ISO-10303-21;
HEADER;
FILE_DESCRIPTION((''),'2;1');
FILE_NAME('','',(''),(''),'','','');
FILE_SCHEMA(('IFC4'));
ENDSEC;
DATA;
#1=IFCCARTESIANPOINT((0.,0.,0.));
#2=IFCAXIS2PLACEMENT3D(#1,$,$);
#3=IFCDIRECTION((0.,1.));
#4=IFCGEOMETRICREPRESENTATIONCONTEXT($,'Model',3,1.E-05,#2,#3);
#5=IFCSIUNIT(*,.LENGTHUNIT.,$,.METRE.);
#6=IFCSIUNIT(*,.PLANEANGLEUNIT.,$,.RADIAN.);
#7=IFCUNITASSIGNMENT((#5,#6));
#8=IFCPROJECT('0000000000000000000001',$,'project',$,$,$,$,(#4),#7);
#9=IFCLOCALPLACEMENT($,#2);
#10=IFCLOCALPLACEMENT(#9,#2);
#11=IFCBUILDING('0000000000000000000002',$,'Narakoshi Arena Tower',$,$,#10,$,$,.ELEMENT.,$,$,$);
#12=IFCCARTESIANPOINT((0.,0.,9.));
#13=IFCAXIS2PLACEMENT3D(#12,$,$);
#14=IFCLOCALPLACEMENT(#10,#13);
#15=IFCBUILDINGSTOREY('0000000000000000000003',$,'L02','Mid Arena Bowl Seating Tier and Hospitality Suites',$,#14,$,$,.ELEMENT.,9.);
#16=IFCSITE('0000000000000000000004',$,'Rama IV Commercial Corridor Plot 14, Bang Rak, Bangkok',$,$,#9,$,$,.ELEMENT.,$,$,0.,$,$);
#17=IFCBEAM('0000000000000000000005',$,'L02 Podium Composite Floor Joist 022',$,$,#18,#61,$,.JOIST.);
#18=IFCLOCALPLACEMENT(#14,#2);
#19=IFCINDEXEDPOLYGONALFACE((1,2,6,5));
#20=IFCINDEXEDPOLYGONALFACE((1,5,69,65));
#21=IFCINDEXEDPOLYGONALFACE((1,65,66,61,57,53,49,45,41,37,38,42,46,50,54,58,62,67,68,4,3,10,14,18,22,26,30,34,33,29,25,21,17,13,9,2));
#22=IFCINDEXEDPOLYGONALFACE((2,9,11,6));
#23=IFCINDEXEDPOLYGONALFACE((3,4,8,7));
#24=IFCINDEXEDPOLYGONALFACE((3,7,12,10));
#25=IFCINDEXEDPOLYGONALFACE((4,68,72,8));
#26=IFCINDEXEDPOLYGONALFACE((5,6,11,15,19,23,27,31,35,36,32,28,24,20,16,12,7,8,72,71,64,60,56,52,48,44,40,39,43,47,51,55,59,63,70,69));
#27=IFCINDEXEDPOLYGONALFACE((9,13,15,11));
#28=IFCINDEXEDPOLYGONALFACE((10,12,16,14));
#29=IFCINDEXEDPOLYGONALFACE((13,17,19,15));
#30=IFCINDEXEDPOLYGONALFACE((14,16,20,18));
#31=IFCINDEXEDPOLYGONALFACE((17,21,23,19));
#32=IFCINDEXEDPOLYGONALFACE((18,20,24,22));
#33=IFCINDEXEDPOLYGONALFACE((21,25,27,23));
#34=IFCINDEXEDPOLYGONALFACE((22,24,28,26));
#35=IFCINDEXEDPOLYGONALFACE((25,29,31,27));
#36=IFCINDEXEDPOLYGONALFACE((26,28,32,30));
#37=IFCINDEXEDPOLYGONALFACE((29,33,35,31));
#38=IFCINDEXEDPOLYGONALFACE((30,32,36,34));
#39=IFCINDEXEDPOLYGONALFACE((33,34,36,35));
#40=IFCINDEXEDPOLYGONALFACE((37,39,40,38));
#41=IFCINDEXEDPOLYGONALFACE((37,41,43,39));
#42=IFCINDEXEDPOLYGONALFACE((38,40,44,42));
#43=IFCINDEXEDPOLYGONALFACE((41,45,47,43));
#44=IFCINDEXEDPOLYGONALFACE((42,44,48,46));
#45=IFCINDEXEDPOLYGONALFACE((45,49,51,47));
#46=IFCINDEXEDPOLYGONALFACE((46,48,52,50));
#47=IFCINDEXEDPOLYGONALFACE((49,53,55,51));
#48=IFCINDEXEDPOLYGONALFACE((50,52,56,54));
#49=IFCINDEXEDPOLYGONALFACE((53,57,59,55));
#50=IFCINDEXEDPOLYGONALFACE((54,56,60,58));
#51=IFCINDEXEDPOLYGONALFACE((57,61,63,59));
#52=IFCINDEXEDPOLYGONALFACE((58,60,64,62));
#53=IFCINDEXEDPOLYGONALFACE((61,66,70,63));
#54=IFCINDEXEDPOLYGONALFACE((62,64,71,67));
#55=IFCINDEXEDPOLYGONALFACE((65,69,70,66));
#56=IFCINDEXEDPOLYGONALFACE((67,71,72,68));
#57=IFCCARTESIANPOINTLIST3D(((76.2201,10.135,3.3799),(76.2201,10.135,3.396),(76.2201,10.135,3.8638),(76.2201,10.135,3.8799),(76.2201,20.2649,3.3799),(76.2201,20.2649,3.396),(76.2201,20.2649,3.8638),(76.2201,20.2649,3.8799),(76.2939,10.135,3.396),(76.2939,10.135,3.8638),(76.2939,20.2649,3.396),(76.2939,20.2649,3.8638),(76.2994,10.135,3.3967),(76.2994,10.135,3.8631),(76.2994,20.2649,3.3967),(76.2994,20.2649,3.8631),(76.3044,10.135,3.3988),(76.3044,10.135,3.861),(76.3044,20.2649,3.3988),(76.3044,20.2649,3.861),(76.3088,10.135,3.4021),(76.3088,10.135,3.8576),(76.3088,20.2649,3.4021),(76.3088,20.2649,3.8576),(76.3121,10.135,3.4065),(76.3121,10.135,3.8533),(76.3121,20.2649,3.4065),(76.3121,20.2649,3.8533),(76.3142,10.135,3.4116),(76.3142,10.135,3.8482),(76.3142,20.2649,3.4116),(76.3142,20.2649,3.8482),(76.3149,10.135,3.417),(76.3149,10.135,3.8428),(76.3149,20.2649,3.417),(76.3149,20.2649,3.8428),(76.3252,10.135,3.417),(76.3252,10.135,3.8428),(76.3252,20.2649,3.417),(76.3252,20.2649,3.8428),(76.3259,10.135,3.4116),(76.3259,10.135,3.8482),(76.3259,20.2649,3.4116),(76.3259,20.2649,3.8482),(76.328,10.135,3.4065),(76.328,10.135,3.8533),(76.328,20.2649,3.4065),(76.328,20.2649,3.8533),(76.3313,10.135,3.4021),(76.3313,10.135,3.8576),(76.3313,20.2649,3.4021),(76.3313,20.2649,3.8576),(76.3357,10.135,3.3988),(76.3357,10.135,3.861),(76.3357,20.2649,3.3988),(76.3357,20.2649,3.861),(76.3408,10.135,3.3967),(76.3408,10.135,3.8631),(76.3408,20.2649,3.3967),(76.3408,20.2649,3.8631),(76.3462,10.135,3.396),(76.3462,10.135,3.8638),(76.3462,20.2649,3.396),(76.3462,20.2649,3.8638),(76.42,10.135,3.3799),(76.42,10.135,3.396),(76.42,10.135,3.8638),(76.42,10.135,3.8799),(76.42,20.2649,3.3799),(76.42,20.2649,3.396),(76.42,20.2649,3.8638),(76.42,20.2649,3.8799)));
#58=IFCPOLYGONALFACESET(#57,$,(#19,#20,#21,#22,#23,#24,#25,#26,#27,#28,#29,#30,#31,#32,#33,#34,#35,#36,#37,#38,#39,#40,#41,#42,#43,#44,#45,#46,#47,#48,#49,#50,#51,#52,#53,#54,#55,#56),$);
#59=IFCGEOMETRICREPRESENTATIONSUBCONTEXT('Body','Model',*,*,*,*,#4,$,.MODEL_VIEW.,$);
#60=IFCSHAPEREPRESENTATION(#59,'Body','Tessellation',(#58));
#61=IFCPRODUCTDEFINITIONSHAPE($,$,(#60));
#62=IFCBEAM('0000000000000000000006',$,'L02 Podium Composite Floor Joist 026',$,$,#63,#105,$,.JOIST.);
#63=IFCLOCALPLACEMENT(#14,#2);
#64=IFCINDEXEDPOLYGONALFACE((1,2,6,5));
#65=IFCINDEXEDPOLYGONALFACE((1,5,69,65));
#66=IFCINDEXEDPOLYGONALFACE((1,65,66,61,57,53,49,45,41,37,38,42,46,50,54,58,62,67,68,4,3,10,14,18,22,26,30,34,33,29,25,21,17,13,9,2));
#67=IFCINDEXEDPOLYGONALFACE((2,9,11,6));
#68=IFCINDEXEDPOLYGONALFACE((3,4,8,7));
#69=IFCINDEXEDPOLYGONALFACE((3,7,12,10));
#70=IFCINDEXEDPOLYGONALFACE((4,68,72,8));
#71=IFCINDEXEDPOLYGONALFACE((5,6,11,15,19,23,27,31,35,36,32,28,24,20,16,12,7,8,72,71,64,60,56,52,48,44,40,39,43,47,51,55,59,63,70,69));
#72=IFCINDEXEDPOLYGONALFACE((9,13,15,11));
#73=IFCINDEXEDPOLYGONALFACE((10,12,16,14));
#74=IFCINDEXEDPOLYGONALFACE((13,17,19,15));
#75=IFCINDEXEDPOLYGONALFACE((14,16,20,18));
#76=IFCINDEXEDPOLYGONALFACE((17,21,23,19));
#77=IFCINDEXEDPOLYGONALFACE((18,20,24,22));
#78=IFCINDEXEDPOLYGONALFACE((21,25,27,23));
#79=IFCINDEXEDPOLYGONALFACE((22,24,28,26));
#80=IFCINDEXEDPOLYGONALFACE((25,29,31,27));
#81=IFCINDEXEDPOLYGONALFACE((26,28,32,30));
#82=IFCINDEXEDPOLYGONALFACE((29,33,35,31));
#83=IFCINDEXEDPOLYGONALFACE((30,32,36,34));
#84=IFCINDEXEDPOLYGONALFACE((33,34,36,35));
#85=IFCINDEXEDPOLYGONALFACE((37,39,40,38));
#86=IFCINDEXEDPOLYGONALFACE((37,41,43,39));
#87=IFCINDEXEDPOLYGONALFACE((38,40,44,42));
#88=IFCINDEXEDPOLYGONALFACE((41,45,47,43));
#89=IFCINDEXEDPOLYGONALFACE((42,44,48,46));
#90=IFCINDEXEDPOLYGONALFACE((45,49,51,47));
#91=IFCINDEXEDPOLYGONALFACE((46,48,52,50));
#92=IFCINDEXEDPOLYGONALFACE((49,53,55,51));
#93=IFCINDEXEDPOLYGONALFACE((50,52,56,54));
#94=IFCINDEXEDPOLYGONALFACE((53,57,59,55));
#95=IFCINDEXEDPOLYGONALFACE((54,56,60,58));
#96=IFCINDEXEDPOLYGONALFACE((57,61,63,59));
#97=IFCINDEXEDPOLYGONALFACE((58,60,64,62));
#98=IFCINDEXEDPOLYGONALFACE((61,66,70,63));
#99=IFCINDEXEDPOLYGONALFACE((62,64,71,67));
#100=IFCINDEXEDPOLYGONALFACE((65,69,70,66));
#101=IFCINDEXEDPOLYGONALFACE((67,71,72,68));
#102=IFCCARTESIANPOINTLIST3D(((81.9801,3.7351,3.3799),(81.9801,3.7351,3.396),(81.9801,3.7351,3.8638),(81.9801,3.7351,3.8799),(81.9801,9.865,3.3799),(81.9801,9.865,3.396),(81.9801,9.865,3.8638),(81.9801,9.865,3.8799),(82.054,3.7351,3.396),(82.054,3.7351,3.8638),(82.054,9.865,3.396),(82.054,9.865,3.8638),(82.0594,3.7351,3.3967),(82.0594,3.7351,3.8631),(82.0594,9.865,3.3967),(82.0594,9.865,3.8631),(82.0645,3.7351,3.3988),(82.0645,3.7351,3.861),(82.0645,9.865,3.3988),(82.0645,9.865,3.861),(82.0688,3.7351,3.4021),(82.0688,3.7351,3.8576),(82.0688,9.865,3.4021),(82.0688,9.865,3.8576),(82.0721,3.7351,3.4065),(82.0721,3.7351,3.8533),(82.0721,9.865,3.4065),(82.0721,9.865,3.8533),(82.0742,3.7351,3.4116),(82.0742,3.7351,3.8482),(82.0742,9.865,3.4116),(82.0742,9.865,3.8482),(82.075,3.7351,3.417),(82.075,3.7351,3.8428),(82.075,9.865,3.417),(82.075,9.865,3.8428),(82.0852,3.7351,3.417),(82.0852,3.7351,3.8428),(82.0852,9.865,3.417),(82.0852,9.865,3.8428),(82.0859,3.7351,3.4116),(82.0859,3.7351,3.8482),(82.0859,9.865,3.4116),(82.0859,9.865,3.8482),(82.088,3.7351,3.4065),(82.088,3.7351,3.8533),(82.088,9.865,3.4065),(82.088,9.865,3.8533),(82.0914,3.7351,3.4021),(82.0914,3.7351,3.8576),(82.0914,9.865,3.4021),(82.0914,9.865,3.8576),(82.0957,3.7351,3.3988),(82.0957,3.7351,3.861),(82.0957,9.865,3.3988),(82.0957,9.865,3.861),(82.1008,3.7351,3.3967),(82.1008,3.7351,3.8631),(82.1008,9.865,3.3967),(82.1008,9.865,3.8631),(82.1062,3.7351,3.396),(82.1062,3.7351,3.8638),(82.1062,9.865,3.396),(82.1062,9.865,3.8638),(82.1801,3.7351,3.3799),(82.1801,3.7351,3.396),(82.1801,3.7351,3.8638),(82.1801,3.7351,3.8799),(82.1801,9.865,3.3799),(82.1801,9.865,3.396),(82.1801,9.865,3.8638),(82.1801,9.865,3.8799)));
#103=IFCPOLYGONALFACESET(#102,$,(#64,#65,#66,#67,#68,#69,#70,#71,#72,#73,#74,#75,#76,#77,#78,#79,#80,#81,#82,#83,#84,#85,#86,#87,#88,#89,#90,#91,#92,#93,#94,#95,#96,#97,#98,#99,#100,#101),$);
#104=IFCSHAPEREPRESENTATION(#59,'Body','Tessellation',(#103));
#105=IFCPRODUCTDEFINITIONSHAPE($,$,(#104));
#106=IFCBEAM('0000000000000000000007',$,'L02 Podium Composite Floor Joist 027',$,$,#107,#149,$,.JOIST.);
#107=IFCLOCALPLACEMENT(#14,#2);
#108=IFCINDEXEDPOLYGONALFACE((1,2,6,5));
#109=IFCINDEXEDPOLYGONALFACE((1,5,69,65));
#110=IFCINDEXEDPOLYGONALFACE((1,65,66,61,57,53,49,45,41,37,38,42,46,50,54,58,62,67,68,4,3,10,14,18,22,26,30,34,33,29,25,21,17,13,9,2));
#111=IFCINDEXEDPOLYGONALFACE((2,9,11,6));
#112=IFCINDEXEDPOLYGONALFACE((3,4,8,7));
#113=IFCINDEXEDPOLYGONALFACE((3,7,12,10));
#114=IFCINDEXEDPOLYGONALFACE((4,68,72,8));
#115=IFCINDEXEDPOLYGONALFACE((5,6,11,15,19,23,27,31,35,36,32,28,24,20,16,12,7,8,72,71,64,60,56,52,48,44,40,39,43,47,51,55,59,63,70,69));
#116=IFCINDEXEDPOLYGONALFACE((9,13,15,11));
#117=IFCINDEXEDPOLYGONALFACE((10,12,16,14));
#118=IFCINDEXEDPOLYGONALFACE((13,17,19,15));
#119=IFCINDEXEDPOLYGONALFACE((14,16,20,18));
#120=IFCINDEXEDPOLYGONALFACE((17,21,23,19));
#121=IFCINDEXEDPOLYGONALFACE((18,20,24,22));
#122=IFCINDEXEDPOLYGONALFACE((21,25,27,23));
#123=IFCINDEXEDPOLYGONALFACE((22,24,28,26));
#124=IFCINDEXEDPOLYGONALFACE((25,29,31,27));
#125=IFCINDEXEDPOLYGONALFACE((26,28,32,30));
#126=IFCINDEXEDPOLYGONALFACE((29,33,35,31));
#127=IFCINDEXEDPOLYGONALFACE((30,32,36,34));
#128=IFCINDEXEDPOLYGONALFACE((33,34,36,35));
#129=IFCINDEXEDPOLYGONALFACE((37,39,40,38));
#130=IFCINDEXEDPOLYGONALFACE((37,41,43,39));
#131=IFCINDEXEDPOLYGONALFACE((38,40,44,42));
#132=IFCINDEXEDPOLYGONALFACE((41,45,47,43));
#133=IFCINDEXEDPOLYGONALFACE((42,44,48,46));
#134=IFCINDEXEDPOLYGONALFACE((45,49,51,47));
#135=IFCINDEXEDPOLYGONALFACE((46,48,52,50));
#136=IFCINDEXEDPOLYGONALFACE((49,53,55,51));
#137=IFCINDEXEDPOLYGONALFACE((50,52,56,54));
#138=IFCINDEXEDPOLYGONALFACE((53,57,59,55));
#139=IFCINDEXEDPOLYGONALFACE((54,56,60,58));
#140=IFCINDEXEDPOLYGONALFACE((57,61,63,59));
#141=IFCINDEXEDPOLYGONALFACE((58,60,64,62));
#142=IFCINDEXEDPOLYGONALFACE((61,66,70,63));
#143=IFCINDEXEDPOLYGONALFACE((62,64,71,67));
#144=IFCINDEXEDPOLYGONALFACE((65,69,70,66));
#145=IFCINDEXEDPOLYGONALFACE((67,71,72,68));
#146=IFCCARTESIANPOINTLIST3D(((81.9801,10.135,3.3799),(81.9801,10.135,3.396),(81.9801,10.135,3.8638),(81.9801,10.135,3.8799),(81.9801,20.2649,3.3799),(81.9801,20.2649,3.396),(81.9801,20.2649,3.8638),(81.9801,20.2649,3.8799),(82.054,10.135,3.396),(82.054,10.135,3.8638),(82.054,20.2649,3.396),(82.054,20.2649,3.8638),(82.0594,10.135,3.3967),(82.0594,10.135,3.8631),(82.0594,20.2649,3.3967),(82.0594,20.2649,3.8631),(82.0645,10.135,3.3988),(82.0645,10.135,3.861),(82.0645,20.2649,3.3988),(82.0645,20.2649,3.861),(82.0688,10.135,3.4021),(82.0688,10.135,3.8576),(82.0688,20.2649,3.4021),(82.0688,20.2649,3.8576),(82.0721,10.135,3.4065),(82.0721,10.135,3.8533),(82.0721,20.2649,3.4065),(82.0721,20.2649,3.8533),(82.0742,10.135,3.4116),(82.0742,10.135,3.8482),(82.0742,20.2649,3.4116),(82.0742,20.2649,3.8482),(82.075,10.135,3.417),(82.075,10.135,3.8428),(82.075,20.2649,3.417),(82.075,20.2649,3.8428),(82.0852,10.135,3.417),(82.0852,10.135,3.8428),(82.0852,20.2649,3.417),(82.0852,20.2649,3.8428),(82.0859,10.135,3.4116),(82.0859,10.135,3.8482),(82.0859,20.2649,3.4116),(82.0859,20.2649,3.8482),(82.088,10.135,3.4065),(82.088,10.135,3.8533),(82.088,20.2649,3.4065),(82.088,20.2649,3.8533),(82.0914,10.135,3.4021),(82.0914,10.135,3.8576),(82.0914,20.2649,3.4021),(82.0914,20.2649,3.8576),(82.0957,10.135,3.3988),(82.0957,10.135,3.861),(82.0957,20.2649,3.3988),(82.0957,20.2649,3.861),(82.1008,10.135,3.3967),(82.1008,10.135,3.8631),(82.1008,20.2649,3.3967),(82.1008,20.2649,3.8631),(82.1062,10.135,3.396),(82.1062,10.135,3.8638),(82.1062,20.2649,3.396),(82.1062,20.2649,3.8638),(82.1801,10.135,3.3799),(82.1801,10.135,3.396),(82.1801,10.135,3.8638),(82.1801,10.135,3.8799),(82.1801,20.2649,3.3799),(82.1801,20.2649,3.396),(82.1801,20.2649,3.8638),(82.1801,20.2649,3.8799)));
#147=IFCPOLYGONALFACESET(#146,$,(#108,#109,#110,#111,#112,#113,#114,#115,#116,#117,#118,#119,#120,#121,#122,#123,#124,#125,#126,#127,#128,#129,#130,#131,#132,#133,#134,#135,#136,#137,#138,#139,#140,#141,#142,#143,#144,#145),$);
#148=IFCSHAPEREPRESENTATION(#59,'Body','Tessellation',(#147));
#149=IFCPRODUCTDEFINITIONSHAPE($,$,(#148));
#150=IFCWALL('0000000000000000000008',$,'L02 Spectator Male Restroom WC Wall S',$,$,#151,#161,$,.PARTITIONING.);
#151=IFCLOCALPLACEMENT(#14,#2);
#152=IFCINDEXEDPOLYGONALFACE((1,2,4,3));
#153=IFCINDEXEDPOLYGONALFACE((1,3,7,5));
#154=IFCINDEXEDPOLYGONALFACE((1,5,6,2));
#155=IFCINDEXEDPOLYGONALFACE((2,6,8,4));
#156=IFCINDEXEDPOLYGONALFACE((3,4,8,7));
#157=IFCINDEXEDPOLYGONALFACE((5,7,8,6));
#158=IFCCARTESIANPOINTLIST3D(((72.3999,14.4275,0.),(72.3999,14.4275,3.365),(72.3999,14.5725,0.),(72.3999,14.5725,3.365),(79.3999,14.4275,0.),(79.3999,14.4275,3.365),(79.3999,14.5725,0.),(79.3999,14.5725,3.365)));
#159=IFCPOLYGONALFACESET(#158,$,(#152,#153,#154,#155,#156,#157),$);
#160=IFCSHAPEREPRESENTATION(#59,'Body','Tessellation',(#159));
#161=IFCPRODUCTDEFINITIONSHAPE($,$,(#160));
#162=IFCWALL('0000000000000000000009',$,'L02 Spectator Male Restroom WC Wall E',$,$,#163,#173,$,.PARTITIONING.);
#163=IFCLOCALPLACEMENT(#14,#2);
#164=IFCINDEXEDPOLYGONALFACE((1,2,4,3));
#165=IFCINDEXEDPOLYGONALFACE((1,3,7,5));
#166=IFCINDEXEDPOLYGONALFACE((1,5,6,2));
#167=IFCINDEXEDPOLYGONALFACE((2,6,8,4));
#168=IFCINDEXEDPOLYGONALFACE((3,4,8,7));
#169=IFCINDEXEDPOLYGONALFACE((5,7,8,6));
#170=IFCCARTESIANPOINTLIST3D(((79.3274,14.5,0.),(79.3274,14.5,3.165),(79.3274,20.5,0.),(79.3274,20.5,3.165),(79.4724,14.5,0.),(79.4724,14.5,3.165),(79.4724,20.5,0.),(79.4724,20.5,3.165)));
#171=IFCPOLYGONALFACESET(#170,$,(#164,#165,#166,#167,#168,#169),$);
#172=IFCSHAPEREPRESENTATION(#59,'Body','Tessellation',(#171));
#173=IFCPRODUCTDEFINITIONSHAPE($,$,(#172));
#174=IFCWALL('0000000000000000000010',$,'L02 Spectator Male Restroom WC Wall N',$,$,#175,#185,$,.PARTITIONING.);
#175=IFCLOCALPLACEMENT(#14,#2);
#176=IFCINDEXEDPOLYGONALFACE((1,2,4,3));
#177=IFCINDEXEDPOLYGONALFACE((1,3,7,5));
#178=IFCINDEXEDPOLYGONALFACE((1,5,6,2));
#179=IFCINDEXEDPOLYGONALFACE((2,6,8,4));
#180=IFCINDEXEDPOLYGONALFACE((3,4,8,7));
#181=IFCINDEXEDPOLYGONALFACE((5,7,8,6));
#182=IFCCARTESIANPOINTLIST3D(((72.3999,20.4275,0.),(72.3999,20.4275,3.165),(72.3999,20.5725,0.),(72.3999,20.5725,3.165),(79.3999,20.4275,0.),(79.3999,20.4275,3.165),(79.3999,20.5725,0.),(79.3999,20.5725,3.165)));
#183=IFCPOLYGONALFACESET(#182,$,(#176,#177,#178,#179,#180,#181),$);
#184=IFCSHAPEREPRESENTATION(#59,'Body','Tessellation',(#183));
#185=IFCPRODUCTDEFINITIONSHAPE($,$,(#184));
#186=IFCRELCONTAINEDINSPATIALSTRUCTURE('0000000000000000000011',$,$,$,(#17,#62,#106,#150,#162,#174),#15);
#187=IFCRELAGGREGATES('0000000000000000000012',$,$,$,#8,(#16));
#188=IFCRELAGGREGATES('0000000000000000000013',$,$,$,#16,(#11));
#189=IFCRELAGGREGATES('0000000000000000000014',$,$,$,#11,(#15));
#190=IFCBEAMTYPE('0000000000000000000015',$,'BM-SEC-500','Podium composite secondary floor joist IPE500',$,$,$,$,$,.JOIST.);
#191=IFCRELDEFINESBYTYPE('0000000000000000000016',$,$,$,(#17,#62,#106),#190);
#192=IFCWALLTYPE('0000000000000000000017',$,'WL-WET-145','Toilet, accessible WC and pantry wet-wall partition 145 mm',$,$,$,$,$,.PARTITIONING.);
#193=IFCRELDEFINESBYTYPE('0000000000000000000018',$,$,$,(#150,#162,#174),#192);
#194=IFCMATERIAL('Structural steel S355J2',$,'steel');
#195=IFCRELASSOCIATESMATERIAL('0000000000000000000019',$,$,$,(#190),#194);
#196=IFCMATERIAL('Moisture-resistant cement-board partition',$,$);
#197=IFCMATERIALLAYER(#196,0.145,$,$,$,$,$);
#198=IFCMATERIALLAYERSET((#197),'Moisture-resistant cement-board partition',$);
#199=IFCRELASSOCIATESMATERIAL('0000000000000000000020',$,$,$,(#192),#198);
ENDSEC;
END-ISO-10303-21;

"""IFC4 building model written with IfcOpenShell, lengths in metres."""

from ifc_helpers import new_model, si_unit, direction, frame, frame_2d, origin, origin_2d, place, context, subcontext, project, spatial, rectangle, i_section, extrude, material, layer, layer_set, material_profile, profile_set, type_object, element, save


model = new_model("IFC4")

# Units and contexts
model_context = context("Model", 3, precision=1e-05, world=origin(), true_north=direction((0.0, 1.0)))
body_context = subcontext(model_context, "Body", "Model", "MODEL_VIEW")
ifc_project = project(units=[si_unit("LENGTHUNIT", "METRE"), si_unit("PLANEANGLEUNIT", "RADIAN")], contexts=[model_context])

# Site, building, storey
site_placement = place(None, origin())
site = spatial("IfcSite", under=ifc_project, at=site_placement, Name="Rama IV Commercial Corridor Plot 14, Bang Rak, Bangkok", CompositionType="ELEMENT", RefElevation=0.0)
building_placement = place(site_placement, origin())
building = spatial("IfcBuilding", under=site, at=building_placement, Name="Narakoshi Arena Tower", CompositionType="ELEMENT")
storey_placement = place(building_placement, frame((0.0, 0.0, 9.0)))
storey = spatial("IfcBuildingStorey", under=building, at=storey_placement, Name="L02", Description="Mid Arena Bowl Seating Tier and Hospitality Suites", CompositionType="ELEMENT", Elevation=9.0)

# Beams
ifc_material_1 = material(Name="Structural steel S355J2", Category="steel")
ifc_material_profile_1 = material_profile(ifc_material_1, i_section(OverallWidth=0.2, OverallDepth=0.5, WebThickness=0.0103, FlangeThickness=0.0161, FilletRadius=0.021, at=origin_2d()), Name="IPE500")
ifc_profile_set_1 = profile_set([ifc_material_profile_1], Name="Structural steel S355J2")
beam_type_1 = type_object("IfcBeamType", Name="BM-SEC-500", Description="Podium composite secondary floor joist IPE500", PredefinedType="JOIST", material=ifc_profile_set_1)
beam_1_placement = place(storey_placement, frame((76.3201, 10.135, 3.6299), z_axis=(0.0, 1.0, 0.0), x_axis=(-1.0, 0.0, 0.0)))
element("IfcBeam", 1, at=beam_1_placement, inside=storey, type_object=beam_type_1, Name="L02 Podium Composite Floor Joist 022", PredefinedType="JOIST", context=body_context, shape_type="SweptSolid", body=[
    extrude(i_section(OverallWidth=0.2, OverallDepth=0.5, WebThickness=0.0103, FlangeThickness=0.0161, FilletRadius=0.021, at=origin_2d()), origin(), (0.0, 0.0, 1.0), 10.1299),
])
beam_2_placement = place(storey_placement, frame((82.0801, 3.7351, 3.6299), z_axis=(0.0, 1.0, 0.0), x_axis=(-1.0, 0.0, 0.0)))
element("IfcBeam", 2, at=beam_2_placement, inside=storey, type_object=beam_type_1, Name="L02 Podium Composite Floor Joist 026", PredefinedType="JOIST", context=body_context, shape_type="SweptSolid", body=[
    extrude(i_section(OverallWidth=0.2, OverallDepth=0.5, WebThickness=0.0103, FlangeThickness=0.0161, FilletRadius=0.021, at=origin_2d()), origin(), (0.0, 0.0, 1.0), 6.1299),
])
beam_3_placement = place(storey_placement, frame((82.0801, 10.135, 3.6299), z_axis=(0.0, 1.0, 0.0), x_axis=(-1.0, 0.0, 0.0)))
element("IfcBeam", 3, at=beam_3_placement, inside=storey, type_object=beam_type_1, Name="L02 Podium Composite Floor Joist 027", PredefinedType="JOIST", context=body_context, shape_type="SweptSolid", body=[
    extrude(i_section(OverallWidth=0.2, OverallDepth=0.5, WebThickness=0.0103, FlangeThickness=0.0161, FilletRadius=0.021, at=origin_2d()), origin(), (0.0, 0.0, 1.0), 10.1299),
])

# Walls
ifc_material_2 = material(Name="Moisture-resistant cement-board partition")
ifc_layer = layer(ifc_material_2, 0.145)
ifc_layer_set = layer_set([ifc_layer], Name="Moisture-resistant cement-board partition")
wall_type = type_object("IfcWallType", Name="WL-WET-145", Description="Toilet, accessible WC and pantry wet-wall partition 145 mm", PredefinedType="PARTITIONING", material=ifc_layer_set)
wall_1_placement = place(storey_placement, frame((72.3999, 14.5, 0.0), z_axis=(0.0, 0.0, 1.0), x_axis=(1.0, 0.0, 0.0)))
element("IfcWall", 4, at=wall_1_placement, inside=storey, type_object=wall_type, Name="L02 Spectator Male Restroom WC Wall S", PredefinedType="PARTITIONING", context=body_context, shape_type="SweptSolid", body=[
    extrude(rectangle(XDim=7.0, YDim=0.145, at=frame_2d((3.5, 0.0))), origin(), (0.0, 0.0, 1.0), 3.365),
])
wall_2_placement = place(storey_placement, frame((79.3999, 14.5, 0.0), z_axis=(0.0, 0.0, 1.0), x_axis=(0.0, 1.0, 0.0)))
element("IfcWall", 5, at=wall_2_placement, inside=storey, type_object=wall_type, Name="L02 Spectator Male Restroom WC Wall E", PredefinedType="PARTITIONING", context=body_context, shape_type="SweptSolid", body=[
    extrude(rectangle(XDim=6.0, YDim=0.145, at=frame_2d((3.0, 0.0))), origin(), (0.0, 0.0, 1.0), 3.165),
])
wall_3_placement = place(storey_placement, frame((79.3999, 20.5, 0.0), z_axis=(0.0, 0.0, 1.0), x_axis=(-1.0, 0.0, 0.0)))
element("IfcWall", 6, at=wall_3_placement, inside=storey, type_object=wall_type, Name="L02 Spectator Male Restroom WC Wall N", PredefinedType="PARTITIONING", context=body_context, shape_type="SweptSolid", body=[
    extrude(rectangle(XDim=7.0, YDim=0.145, at=frame_2d((3.5, 0.0))), origin(), (0.0, 0.0, 1.0), 3.165),
])

save(model, "model.ifc")
